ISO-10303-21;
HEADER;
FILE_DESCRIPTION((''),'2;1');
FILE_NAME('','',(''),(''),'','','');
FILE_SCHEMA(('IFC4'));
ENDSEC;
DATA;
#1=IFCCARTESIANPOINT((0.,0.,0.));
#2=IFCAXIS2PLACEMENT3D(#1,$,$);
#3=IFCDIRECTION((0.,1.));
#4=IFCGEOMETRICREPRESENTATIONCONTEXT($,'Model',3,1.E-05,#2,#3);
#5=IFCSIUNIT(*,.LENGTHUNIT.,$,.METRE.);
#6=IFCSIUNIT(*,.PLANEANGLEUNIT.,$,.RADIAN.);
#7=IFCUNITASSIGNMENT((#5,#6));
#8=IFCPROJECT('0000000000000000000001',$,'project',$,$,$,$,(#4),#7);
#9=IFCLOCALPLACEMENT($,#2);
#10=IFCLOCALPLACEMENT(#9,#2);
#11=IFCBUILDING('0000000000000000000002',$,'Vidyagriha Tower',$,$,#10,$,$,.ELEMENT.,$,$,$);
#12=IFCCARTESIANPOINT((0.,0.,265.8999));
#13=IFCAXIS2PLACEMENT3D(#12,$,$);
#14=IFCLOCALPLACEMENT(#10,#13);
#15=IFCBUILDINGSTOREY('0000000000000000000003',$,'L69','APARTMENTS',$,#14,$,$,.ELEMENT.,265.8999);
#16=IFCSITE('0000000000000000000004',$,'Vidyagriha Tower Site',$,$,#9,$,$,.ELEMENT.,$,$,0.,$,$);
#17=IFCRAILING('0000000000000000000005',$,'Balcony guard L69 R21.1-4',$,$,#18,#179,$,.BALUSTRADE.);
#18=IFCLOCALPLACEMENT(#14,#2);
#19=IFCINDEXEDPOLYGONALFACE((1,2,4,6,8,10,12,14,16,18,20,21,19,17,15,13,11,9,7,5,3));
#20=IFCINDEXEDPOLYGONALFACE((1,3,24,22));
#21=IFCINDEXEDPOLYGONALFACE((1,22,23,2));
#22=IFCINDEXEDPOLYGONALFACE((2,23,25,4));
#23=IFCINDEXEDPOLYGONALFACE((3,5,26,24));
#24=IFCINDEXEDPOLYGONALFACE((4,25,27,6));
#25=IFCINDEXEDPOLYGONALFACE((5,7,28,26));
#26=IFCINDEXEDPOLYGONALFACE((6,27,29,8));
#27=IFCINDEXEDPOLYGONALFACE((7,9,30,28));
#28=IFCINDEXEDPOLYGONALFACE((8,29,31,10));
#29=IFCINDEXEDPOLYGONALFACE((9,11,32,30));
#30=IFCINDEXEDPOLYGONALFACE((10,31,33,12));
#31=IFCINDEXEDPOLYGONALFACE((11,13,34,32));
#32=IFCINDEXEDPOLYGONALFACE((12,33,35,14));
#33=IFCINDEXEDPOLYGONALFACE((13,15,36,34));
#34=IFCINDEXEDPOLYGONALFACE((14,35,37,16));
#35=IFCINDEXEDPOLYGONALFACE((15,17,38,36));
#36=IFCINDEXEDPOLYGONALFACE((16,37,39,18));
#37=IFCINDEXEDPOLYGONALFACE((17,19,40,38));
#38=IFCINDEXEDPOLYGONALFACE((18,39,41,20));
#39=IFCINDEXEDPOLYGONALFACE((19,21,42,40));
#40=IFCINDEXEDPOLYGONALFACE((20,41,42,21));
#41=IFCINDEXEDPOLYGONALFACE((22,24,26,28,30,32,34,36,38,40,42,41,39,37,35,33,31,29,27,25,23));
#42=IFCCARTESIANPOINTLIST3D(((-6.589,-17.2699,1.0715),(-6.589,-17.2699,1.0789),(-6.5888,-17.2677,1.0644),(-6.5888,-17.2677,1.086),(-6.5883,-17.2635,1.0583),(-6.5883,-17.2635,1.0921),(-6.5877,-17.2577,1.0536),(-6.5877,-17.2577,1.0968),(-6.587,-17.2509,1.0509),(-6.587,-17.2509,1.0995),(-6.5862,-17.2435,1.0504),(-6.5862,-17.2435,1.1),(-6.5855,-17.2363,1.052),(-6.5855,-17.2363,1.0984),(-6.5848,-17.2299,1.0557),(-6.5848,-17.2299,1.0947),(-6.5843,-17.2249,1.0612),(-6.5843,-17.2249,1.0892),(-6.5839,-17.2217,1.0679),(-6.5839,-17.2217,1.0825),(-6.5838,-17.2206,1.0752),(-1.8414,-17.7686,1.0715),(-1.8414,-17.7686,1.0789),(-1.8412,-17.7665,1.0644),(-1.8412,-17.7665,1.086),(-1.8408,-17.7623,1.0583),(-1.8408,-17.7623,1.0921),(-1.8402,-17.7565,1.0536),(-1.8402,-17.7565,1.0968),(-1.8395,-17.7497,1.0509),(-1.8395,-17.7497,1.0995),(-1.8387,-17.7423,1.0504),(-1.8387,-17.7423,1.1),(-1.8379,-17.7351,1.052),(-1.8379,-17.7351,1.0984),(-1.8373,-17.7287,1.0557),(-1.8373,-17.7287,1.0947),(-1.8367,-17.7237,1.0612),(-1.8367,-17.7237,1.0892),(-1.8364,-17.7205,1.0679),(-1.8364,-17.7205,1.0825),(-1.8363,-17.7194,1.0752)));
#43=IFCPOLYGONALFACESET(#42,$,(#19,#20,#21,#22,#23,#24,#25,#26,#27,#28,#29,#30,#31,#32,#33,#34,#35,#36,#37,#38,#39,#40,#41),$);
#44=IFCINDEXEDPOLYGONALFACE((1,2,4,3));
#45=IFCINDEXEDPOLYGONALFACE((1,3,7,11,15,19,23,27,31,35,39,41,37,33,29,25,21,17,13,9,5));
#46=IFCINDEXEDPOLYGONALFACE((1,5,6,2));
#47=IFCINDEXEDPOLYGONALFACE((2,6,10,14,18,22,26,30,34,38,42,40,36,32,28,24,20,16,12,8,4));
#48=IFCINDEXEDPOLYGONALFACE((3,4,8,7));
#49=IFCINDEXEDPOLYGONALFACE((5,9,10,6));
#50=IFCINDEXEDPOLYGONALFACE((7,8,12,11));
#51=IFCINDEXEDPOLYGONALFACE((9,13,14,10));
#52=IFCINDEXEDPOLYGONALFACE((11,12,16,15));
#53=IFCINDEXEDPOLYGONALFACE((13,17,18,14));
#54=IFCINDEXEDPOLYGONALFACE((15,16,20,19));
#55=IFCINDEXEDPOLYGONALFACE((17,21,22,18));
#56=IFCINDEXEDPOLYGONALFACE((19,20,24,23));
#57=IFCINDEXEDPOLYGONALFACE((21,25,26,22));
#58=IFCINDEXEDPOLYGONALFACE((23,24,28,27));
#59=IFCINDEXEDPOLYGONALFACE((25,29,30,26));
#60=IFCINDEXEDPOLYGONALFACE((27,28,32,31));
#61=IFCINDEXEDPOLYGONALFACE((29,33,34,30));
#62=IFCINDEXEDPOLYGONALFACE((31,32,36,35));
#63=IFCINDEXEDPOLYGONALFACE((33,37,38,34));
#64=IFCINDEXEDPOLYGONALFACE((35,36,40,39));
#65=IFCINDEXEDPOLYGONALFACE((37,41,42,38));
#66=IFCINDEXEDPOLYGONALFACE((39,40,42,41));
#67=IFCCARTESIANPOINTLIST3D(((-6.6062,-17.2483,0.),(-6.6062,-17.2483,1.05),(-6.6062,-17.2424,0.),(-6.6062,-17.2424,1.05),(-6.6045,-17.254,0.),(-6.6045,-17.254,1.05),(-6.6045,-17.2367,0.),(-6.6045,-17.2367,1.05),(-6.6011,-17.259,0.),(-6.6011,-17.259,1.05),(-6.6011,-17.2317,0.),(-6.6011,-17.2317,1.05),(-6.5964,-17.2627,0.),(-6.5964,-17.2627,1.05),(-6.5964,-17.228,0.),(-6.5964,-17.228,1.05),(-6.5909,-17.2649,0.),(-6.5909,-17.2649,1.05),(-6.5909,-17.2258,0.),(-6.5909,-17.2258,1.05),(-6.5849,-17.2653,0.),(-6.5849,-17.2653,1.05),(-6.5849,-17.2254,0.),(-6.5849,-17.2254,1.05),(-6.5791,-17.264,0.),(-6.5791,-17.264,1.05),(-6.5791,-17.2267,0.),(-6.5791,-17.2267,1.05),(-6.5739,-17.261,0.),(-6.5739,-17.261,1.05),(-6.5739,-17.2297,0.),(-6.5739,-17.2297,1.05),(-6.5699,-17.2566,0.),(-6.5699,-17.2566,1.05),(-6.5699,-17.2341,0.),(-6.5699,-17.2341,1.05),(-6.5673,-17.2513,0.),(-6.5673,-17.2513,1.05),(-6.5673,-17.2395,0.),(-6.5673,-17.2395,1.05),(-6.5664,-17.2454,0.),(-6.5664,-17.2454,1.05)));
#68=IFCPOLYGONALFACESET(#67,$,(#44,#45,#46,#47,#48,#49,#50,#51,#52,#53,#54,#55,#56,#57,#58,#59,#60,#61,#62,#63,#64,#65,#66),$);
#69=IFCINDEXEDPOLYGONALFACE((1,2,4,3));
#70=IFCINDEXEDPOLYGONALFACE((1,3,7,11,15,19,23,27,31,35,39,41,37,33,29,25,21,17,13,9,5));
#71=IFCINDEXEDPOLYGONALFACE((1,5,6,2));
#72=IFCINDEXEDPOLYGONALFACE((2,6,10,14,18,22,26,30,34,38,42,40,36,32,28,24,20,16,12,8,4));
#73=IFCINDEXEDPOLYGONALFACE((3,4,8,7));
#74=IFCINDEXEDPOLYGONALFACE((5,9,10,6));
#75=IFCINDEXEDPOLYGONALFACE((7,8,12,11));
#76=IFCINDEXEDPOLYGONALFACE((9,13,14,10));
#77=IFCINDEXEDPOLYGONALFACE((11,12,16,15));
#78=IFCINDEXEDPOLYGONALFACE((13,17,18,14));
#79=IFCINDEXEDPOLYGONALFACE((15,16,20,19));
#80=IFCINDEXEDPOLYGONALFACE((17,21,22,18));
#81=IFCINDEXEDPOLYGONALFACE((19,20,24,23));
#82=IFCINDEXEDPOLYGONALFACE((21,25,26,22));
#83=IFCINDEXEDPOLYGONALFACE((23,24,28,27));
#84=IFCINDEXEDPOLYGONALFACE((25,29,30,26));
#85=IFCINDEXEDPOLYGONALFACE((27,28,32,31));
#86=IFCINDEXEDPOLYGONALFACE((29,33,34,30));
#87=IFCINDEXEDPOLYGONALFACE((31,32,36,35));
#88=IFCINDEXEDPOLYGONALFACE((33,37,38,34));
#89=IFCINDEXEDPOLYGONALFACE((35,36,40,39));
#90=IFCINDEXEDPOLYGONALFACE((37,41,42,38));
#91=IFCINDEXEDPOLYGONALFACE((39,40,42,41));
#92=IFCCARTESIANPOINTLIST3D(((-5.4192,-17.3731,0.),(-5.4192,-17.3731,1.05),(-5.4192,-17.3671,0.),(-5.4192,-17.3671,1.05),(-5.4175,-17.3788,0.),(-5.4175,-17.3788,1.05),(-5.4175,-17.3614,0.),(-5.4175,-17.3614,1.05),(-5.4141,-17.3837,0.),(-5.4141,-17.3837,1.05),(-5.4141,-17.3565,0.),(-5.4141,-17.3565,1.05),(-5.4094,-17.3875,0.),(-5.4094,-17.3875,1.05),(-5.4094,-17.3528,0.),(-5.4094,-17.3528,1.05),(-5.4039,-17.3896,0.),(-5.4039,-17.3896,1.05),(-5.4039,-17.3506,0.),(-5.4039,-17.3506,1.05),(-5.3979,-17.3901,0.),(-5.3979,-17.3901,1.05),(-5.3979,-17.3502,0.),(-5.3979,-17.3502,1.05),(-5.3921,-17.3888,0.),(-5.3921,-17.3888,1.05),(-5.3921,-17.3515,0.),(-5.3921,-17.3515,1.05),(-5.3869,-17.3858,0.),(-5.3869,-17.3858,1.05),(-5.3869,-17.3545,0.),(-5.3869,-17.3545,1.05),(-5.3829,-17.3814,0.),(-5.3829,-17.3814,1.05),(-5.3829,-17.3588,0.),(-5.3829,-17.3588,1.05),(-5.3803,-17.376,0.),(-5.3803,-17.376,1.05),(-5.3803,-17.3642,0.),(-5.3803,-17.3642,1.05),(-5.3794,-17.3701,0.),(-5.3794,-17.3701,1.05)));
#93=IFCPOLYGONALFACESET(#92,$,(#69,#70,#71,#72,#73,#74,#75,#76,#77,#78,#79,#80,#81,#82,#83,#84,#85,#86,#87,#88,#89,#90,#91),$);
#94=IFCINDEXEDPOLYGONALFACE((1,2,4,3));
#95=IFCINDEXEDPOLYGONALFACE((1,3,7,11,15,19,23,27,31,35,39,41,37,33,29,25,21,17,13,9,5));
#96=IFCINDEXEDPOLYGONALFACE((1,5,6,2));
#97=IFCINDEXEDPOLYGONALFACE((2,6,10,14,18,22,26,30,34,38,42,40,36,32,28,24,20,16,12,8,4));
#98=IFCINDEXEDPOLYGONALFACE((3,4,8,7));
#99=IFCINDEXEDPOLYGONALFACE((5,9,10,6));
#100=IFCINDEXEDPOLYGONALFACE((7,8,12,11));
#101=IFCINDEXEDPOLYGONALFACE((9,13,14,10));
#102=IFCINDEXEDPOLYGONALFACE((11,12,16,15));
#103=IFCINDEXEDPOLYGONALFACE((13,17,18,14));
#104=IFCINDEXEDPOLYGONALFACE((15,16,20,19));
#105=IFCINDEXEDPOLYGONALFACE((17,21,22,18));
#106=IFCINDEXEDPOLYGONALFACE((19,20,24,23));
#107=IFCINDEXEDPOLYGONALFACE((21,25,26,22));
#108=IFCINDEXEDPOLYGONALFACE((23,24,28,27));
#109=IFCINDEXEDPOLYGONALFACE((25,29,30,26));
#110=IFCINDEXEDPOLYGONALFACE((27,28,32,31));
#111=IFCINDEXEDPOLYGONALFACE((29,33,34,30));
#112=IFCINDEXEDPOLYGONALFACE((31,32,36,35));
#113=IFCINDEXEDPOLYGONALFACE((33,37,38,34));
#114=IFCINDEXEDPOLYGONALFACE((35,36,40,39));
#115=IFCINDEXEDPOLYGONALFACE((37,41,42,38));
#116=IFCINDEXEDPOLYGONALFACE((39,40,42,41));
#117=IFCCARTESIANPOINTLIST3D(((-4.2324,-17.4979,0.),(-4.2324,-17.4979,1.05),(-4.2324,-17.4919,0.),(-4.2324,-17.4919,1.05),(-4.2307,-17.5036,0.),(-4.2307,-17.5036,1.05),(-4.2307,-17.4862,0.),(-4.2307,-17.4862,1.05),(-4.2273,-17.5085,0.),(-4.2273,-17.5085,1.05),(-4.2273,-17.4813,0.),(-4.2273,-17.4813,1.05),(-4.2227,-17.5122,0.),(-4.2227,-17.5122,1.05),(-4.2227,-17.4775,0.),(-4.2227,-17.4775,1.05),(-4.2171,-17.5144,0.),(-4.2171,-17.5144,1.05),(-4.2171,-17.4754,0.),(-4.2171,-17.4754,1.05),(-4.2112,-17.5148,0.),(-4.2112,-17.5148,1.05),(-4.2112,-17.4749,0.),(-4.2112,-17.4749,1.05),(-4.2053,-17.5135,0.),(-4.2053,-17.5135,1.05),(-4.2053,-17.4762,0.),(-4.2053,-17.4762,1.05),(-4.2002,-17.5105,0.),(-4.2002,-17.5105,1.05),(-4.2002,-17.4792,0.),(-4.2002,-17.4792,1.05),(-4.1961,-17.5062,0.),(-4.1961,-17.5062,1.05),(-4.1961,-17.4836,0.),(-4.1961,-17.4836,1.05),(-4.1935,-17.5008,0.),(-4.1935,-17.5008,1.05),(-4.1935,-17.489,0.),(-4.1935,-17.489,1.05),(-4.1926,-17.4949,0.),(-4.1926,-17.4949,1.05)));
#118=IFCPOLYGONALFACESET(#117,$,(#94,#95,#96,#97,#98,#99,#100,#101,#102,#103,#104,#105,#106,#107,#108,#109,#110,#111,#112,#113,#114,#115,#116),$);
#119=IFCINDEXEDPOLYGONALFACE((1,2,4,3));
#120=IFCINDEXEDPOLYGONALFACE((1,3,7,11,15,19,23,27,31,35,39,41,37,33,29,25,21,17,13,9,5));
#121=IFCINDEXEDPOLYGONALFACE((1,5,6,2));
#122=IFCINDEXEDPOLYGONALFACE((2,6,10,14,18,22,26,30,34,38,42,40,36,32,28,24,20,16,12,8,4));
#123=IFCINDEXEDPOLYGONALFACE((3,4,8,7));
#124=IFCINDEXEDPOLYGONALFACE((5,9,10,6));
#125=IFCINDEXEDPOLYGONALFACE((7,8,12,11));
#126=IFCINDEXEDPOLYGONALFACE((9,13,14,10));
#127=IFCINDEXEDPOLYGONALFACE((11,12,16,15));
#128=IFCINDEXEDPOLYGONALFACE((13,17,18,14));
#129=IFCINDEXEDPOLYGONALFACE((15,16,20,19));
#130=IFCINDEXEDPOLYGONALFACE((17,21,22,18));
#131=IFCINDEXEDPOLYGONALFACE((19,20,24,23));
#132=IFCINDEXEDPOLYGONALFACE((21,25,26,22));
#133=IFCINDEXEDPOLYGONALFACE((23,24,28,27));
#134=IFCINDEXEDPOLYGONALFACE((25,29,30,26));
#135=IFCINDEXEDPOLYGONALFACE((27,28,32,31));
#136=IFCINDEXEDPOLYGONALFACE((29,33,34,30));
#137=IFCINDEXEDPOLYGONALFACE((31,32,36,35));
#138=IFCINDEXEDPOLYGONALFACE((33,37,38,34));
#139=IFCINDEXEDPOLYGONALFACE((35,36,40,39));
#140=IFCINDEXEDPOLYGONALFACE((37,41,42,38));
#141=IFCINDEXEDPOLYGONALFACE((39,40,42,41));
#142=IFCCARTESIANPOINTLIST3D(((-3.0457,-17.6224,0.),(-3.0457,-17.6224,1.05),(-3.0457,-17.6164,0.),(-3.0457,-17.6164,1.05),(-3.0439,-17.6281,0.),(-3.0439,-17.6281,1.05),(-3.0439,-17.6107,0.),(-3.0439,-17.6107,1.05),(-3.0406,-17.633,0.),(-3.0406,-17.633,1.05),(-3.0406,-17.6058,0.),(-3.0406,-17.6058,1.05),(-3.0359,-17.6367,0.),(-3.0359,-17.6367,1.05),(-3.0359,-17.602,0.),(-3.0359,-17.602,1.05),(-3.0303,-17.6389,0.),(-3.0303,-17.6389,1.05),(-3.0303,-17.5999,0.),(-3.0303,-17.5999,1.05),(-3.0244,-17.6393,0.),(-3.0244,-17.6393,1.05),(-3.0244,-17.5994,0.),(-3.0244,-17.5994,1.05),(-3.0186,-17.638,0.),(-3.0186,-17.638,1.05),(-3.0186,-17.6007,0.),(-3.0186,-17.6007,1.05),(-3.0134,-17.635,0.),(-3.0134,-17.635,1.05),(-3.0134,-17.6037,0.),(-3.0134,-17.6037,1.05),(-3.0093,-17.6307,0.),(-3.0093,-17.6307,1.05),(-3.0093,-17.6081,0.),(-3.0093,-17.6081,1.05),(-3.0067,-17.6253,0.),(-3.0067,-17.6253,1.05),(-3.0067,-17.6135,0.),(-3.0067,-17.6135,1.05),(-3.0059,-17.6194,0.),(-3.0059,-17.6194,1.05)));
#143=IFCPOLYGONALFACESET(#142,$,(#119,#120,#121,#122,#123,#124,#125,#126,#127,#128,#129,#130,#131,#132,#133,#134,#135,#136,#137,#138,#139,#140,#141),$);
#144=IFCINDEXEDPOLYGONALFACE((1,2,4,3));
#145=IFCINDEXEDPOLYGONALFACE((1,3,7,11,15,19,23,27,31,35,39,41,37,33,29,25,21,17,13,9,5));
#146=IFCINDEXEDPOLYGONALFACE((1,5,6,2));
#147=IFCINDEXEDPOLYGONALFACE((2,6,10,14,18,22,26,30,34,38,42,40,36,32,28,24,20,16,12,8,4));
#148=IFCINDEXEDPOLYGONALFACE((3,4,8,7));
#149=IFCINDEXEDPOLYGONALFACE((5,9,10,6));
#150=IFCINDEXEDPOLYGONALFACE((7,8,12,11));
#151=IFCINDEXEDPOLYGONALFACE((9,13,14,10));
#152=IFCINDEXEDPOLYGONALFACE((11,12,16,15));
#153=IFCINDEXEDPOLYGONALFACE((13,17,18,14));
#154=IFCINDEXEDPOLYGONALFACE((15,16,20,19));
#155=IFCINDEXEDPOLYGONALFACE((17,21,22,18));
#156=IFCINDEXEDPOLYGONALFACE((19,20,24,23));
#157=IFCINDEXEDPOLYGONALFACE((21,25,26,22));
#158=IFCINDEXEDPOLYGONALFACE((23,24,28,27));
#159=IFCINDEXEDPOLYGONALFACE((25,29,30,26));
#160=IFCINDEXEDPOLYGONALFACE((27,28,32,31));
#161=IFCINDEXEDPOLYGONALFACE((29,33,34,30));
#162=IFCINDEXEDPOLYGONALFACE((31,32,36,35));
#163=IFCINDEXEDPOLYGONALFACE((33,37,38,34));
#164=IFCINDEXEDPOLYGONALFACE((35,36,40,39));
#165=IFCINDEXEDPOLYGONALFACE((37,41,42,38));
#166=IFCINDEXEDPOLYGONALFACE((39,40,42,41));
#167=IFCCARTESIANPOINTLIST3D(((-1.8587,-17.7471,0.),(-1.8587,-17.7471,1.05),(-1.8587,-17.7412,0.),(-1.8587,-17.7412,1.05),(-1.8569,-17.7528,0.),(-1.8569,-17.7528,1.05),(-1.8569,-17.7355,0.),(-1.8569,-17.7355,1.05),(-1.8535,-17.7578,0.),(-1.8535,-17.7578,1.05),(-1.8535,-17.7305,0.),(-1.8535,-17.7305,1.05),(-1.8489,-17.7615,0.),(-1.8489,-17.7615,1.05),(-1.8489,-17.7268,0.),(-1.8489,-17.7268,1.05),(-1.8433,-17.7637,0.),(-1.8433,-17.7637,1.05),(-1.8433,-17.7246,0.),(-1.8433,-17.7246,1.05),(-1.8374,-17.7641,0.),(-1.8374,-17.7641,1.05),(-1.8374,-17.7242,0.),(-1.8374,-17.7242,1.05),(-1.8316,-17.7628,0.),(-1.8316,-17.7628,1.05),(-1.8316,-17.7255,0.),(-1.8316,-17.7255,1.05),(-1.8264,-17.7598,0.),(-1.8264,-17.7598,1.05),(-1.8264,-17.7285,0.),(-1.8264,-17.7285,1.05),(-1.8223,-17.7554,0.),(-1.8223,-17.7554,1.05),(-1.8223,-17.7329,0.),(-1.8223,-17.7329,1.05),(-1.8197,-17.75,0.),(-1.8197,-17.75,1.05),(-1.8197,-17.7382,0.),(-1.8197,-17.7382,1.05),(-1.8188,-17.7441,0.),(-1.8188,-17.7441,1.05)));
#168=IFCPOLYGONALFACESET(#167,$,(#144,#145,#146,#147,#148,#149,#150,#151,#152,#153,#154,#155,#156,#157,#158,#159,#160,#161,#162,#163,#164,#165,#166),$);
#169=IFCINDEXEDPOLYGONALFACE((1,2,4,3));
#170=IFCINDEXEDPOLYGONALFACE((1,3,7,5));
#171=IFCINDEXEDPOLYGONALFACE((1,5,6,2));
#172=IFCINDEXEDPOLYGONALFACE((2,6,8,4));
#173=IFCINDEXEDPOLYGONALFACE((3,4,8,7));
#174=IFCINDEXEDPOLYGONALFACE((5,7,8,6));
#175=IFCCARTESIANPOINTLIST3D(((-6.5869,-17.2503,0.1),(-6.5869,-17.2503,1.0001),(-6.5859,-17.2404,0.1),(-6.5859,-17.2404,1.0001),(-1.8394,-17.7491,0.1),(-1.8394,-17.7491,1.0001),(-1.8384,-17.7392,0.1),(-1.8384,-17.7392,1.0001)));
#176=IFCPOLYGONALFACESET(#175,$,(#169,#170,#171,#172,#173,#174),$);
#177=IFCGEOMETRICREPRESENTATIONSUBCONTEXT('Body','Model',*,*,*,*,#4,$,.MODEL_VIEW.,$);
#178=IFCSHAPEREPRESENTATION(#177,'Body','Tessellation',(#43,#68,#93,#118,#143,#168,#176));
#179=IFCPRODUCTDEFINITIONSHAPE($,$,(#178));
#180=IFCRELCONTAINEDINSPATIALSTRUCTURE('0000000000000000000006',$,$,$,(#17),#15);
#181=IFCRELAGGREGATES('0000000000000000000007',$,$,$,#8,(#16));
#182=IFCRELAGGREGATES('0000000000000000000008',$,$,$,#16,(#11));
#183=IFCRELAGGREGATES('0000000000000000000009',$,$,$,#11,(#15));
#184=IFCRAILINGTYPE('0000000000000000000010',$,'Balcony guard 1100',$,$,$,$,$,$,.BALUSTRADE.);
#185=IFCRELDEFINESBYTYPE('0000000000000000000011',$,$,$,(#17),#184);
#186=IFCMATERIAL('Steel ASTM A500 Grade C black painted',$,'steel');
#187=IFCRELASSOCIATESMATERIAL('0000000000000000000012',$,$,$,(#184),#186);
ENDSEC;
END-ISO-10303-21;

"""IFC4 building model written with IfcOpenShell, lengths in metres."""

from ifc_helpers import new_model, si_unit, direction, frame, origin, origin_2d, place, context, subcontext, project, spatial, rectangle, circle, extrude, material, type_object, element, save


model = new_model("IFC4")

# Units and contexts
model_context = context("Model", 3, precision=1e-05, world=origin(), true_north=direction((0.0, 1.0)))
body_context = subcontext(model_context, "Body", "Model", "MODEL_VIEW")
ifc_project = project(units=[si_unit("LENGTHUNIT", "METRE"), si_unit("PLANEANGLEUNIT", "RADIAN")], contexts=[model_context])

# Site, building, storey
site_placement = place(None, origin())
site = spatial("IfcSite", under=ifc_project, at=site_placement, Name="Vidyagriha Tower Site", CompositionType="ELEMENT", RefElevation=0.0)
building_placement = place(site_placement, origin())
building = spatial("IfcBuilding", under=site, at=building_placement, Name="Vidyagriha Tower", CompositionType="ELEMENT")
storey_placement = place(building_placement, frame((0.0, 0.0, 265.8999)))
storey = spatial("IfcBuildingStorey", under=building, at=storey_placement, Name="L69", Description="APARTMENTS", CompositionType="ELEMENT", Elevation=265.8999)

# Railing
ifc_material_1 = material(Name="Steel ASTM A500 Grade C black painted", Category="steel")
railing_type = type_object("IfcRailingType", Name="Balcony guard 1100", PredefinedType="BALUSTRADE", material=ifc_material_1)
railing_1_placement = place(storey_placement, frame((-6.5864, -17.2454, 0.0)))
element("IfcRailing", 1, at=railing_1_placement, inside=storey, type_object=railing_type, Name="Balcony guard L69 R21.1-4", PredefinedType="BALUSTRADE", context=body_context, shape_type="SweptSolid", body=[
    extrude(circle(Radius=0.0249, at=origin_2d()), frame((0.0, 0.0, 1.0752), z_axis=(0.994526, -0.104485, 0.0), x_axis=(0.104485, 0.994526, 0.0)), (0.0, 0.0, 1.0), 4.7737),
    extrude(circle(Radius=0.02, at=origin_2d()), origin(), (0.0, 0.0, 1.0), 1.05),
    extrude(circle(Radius=0.02, at=origin_2d()), frame((1.187, -0.1248, 0.0)), (0.0, 0.0, 1.0), 1.05),
    extrude(circle(Radius=0.02, at=origin_2d()), frame((2.3738, -0.2495, 0.0)), (0.0, 0.0, 1.0), 1.05),
    extrude(circle(Radius=0.02, at=origin_2d()), frame((3.5605, -0.374, 0.0)), (0.0, 0.0, 1.0), 1.05),
    extrude(circle(Radius=0.02, at=origin_2d()), frame((4.7476, -0.4988, 0.0)), (0.0, 0.0, 1.0), 1.05),
    extrude(rectangle(XDim=0.01, YDim=0.9001, at=origin_2d()), frame((0.0, 0.0, 0.55), z_axis=(0.994526, -0.104485, 0.0), x_axis=(0.104485, 0.994526, 0.0)), (0.0, 0.0, 1.0), 4.7737),
])

save(model, "model.ifc")
